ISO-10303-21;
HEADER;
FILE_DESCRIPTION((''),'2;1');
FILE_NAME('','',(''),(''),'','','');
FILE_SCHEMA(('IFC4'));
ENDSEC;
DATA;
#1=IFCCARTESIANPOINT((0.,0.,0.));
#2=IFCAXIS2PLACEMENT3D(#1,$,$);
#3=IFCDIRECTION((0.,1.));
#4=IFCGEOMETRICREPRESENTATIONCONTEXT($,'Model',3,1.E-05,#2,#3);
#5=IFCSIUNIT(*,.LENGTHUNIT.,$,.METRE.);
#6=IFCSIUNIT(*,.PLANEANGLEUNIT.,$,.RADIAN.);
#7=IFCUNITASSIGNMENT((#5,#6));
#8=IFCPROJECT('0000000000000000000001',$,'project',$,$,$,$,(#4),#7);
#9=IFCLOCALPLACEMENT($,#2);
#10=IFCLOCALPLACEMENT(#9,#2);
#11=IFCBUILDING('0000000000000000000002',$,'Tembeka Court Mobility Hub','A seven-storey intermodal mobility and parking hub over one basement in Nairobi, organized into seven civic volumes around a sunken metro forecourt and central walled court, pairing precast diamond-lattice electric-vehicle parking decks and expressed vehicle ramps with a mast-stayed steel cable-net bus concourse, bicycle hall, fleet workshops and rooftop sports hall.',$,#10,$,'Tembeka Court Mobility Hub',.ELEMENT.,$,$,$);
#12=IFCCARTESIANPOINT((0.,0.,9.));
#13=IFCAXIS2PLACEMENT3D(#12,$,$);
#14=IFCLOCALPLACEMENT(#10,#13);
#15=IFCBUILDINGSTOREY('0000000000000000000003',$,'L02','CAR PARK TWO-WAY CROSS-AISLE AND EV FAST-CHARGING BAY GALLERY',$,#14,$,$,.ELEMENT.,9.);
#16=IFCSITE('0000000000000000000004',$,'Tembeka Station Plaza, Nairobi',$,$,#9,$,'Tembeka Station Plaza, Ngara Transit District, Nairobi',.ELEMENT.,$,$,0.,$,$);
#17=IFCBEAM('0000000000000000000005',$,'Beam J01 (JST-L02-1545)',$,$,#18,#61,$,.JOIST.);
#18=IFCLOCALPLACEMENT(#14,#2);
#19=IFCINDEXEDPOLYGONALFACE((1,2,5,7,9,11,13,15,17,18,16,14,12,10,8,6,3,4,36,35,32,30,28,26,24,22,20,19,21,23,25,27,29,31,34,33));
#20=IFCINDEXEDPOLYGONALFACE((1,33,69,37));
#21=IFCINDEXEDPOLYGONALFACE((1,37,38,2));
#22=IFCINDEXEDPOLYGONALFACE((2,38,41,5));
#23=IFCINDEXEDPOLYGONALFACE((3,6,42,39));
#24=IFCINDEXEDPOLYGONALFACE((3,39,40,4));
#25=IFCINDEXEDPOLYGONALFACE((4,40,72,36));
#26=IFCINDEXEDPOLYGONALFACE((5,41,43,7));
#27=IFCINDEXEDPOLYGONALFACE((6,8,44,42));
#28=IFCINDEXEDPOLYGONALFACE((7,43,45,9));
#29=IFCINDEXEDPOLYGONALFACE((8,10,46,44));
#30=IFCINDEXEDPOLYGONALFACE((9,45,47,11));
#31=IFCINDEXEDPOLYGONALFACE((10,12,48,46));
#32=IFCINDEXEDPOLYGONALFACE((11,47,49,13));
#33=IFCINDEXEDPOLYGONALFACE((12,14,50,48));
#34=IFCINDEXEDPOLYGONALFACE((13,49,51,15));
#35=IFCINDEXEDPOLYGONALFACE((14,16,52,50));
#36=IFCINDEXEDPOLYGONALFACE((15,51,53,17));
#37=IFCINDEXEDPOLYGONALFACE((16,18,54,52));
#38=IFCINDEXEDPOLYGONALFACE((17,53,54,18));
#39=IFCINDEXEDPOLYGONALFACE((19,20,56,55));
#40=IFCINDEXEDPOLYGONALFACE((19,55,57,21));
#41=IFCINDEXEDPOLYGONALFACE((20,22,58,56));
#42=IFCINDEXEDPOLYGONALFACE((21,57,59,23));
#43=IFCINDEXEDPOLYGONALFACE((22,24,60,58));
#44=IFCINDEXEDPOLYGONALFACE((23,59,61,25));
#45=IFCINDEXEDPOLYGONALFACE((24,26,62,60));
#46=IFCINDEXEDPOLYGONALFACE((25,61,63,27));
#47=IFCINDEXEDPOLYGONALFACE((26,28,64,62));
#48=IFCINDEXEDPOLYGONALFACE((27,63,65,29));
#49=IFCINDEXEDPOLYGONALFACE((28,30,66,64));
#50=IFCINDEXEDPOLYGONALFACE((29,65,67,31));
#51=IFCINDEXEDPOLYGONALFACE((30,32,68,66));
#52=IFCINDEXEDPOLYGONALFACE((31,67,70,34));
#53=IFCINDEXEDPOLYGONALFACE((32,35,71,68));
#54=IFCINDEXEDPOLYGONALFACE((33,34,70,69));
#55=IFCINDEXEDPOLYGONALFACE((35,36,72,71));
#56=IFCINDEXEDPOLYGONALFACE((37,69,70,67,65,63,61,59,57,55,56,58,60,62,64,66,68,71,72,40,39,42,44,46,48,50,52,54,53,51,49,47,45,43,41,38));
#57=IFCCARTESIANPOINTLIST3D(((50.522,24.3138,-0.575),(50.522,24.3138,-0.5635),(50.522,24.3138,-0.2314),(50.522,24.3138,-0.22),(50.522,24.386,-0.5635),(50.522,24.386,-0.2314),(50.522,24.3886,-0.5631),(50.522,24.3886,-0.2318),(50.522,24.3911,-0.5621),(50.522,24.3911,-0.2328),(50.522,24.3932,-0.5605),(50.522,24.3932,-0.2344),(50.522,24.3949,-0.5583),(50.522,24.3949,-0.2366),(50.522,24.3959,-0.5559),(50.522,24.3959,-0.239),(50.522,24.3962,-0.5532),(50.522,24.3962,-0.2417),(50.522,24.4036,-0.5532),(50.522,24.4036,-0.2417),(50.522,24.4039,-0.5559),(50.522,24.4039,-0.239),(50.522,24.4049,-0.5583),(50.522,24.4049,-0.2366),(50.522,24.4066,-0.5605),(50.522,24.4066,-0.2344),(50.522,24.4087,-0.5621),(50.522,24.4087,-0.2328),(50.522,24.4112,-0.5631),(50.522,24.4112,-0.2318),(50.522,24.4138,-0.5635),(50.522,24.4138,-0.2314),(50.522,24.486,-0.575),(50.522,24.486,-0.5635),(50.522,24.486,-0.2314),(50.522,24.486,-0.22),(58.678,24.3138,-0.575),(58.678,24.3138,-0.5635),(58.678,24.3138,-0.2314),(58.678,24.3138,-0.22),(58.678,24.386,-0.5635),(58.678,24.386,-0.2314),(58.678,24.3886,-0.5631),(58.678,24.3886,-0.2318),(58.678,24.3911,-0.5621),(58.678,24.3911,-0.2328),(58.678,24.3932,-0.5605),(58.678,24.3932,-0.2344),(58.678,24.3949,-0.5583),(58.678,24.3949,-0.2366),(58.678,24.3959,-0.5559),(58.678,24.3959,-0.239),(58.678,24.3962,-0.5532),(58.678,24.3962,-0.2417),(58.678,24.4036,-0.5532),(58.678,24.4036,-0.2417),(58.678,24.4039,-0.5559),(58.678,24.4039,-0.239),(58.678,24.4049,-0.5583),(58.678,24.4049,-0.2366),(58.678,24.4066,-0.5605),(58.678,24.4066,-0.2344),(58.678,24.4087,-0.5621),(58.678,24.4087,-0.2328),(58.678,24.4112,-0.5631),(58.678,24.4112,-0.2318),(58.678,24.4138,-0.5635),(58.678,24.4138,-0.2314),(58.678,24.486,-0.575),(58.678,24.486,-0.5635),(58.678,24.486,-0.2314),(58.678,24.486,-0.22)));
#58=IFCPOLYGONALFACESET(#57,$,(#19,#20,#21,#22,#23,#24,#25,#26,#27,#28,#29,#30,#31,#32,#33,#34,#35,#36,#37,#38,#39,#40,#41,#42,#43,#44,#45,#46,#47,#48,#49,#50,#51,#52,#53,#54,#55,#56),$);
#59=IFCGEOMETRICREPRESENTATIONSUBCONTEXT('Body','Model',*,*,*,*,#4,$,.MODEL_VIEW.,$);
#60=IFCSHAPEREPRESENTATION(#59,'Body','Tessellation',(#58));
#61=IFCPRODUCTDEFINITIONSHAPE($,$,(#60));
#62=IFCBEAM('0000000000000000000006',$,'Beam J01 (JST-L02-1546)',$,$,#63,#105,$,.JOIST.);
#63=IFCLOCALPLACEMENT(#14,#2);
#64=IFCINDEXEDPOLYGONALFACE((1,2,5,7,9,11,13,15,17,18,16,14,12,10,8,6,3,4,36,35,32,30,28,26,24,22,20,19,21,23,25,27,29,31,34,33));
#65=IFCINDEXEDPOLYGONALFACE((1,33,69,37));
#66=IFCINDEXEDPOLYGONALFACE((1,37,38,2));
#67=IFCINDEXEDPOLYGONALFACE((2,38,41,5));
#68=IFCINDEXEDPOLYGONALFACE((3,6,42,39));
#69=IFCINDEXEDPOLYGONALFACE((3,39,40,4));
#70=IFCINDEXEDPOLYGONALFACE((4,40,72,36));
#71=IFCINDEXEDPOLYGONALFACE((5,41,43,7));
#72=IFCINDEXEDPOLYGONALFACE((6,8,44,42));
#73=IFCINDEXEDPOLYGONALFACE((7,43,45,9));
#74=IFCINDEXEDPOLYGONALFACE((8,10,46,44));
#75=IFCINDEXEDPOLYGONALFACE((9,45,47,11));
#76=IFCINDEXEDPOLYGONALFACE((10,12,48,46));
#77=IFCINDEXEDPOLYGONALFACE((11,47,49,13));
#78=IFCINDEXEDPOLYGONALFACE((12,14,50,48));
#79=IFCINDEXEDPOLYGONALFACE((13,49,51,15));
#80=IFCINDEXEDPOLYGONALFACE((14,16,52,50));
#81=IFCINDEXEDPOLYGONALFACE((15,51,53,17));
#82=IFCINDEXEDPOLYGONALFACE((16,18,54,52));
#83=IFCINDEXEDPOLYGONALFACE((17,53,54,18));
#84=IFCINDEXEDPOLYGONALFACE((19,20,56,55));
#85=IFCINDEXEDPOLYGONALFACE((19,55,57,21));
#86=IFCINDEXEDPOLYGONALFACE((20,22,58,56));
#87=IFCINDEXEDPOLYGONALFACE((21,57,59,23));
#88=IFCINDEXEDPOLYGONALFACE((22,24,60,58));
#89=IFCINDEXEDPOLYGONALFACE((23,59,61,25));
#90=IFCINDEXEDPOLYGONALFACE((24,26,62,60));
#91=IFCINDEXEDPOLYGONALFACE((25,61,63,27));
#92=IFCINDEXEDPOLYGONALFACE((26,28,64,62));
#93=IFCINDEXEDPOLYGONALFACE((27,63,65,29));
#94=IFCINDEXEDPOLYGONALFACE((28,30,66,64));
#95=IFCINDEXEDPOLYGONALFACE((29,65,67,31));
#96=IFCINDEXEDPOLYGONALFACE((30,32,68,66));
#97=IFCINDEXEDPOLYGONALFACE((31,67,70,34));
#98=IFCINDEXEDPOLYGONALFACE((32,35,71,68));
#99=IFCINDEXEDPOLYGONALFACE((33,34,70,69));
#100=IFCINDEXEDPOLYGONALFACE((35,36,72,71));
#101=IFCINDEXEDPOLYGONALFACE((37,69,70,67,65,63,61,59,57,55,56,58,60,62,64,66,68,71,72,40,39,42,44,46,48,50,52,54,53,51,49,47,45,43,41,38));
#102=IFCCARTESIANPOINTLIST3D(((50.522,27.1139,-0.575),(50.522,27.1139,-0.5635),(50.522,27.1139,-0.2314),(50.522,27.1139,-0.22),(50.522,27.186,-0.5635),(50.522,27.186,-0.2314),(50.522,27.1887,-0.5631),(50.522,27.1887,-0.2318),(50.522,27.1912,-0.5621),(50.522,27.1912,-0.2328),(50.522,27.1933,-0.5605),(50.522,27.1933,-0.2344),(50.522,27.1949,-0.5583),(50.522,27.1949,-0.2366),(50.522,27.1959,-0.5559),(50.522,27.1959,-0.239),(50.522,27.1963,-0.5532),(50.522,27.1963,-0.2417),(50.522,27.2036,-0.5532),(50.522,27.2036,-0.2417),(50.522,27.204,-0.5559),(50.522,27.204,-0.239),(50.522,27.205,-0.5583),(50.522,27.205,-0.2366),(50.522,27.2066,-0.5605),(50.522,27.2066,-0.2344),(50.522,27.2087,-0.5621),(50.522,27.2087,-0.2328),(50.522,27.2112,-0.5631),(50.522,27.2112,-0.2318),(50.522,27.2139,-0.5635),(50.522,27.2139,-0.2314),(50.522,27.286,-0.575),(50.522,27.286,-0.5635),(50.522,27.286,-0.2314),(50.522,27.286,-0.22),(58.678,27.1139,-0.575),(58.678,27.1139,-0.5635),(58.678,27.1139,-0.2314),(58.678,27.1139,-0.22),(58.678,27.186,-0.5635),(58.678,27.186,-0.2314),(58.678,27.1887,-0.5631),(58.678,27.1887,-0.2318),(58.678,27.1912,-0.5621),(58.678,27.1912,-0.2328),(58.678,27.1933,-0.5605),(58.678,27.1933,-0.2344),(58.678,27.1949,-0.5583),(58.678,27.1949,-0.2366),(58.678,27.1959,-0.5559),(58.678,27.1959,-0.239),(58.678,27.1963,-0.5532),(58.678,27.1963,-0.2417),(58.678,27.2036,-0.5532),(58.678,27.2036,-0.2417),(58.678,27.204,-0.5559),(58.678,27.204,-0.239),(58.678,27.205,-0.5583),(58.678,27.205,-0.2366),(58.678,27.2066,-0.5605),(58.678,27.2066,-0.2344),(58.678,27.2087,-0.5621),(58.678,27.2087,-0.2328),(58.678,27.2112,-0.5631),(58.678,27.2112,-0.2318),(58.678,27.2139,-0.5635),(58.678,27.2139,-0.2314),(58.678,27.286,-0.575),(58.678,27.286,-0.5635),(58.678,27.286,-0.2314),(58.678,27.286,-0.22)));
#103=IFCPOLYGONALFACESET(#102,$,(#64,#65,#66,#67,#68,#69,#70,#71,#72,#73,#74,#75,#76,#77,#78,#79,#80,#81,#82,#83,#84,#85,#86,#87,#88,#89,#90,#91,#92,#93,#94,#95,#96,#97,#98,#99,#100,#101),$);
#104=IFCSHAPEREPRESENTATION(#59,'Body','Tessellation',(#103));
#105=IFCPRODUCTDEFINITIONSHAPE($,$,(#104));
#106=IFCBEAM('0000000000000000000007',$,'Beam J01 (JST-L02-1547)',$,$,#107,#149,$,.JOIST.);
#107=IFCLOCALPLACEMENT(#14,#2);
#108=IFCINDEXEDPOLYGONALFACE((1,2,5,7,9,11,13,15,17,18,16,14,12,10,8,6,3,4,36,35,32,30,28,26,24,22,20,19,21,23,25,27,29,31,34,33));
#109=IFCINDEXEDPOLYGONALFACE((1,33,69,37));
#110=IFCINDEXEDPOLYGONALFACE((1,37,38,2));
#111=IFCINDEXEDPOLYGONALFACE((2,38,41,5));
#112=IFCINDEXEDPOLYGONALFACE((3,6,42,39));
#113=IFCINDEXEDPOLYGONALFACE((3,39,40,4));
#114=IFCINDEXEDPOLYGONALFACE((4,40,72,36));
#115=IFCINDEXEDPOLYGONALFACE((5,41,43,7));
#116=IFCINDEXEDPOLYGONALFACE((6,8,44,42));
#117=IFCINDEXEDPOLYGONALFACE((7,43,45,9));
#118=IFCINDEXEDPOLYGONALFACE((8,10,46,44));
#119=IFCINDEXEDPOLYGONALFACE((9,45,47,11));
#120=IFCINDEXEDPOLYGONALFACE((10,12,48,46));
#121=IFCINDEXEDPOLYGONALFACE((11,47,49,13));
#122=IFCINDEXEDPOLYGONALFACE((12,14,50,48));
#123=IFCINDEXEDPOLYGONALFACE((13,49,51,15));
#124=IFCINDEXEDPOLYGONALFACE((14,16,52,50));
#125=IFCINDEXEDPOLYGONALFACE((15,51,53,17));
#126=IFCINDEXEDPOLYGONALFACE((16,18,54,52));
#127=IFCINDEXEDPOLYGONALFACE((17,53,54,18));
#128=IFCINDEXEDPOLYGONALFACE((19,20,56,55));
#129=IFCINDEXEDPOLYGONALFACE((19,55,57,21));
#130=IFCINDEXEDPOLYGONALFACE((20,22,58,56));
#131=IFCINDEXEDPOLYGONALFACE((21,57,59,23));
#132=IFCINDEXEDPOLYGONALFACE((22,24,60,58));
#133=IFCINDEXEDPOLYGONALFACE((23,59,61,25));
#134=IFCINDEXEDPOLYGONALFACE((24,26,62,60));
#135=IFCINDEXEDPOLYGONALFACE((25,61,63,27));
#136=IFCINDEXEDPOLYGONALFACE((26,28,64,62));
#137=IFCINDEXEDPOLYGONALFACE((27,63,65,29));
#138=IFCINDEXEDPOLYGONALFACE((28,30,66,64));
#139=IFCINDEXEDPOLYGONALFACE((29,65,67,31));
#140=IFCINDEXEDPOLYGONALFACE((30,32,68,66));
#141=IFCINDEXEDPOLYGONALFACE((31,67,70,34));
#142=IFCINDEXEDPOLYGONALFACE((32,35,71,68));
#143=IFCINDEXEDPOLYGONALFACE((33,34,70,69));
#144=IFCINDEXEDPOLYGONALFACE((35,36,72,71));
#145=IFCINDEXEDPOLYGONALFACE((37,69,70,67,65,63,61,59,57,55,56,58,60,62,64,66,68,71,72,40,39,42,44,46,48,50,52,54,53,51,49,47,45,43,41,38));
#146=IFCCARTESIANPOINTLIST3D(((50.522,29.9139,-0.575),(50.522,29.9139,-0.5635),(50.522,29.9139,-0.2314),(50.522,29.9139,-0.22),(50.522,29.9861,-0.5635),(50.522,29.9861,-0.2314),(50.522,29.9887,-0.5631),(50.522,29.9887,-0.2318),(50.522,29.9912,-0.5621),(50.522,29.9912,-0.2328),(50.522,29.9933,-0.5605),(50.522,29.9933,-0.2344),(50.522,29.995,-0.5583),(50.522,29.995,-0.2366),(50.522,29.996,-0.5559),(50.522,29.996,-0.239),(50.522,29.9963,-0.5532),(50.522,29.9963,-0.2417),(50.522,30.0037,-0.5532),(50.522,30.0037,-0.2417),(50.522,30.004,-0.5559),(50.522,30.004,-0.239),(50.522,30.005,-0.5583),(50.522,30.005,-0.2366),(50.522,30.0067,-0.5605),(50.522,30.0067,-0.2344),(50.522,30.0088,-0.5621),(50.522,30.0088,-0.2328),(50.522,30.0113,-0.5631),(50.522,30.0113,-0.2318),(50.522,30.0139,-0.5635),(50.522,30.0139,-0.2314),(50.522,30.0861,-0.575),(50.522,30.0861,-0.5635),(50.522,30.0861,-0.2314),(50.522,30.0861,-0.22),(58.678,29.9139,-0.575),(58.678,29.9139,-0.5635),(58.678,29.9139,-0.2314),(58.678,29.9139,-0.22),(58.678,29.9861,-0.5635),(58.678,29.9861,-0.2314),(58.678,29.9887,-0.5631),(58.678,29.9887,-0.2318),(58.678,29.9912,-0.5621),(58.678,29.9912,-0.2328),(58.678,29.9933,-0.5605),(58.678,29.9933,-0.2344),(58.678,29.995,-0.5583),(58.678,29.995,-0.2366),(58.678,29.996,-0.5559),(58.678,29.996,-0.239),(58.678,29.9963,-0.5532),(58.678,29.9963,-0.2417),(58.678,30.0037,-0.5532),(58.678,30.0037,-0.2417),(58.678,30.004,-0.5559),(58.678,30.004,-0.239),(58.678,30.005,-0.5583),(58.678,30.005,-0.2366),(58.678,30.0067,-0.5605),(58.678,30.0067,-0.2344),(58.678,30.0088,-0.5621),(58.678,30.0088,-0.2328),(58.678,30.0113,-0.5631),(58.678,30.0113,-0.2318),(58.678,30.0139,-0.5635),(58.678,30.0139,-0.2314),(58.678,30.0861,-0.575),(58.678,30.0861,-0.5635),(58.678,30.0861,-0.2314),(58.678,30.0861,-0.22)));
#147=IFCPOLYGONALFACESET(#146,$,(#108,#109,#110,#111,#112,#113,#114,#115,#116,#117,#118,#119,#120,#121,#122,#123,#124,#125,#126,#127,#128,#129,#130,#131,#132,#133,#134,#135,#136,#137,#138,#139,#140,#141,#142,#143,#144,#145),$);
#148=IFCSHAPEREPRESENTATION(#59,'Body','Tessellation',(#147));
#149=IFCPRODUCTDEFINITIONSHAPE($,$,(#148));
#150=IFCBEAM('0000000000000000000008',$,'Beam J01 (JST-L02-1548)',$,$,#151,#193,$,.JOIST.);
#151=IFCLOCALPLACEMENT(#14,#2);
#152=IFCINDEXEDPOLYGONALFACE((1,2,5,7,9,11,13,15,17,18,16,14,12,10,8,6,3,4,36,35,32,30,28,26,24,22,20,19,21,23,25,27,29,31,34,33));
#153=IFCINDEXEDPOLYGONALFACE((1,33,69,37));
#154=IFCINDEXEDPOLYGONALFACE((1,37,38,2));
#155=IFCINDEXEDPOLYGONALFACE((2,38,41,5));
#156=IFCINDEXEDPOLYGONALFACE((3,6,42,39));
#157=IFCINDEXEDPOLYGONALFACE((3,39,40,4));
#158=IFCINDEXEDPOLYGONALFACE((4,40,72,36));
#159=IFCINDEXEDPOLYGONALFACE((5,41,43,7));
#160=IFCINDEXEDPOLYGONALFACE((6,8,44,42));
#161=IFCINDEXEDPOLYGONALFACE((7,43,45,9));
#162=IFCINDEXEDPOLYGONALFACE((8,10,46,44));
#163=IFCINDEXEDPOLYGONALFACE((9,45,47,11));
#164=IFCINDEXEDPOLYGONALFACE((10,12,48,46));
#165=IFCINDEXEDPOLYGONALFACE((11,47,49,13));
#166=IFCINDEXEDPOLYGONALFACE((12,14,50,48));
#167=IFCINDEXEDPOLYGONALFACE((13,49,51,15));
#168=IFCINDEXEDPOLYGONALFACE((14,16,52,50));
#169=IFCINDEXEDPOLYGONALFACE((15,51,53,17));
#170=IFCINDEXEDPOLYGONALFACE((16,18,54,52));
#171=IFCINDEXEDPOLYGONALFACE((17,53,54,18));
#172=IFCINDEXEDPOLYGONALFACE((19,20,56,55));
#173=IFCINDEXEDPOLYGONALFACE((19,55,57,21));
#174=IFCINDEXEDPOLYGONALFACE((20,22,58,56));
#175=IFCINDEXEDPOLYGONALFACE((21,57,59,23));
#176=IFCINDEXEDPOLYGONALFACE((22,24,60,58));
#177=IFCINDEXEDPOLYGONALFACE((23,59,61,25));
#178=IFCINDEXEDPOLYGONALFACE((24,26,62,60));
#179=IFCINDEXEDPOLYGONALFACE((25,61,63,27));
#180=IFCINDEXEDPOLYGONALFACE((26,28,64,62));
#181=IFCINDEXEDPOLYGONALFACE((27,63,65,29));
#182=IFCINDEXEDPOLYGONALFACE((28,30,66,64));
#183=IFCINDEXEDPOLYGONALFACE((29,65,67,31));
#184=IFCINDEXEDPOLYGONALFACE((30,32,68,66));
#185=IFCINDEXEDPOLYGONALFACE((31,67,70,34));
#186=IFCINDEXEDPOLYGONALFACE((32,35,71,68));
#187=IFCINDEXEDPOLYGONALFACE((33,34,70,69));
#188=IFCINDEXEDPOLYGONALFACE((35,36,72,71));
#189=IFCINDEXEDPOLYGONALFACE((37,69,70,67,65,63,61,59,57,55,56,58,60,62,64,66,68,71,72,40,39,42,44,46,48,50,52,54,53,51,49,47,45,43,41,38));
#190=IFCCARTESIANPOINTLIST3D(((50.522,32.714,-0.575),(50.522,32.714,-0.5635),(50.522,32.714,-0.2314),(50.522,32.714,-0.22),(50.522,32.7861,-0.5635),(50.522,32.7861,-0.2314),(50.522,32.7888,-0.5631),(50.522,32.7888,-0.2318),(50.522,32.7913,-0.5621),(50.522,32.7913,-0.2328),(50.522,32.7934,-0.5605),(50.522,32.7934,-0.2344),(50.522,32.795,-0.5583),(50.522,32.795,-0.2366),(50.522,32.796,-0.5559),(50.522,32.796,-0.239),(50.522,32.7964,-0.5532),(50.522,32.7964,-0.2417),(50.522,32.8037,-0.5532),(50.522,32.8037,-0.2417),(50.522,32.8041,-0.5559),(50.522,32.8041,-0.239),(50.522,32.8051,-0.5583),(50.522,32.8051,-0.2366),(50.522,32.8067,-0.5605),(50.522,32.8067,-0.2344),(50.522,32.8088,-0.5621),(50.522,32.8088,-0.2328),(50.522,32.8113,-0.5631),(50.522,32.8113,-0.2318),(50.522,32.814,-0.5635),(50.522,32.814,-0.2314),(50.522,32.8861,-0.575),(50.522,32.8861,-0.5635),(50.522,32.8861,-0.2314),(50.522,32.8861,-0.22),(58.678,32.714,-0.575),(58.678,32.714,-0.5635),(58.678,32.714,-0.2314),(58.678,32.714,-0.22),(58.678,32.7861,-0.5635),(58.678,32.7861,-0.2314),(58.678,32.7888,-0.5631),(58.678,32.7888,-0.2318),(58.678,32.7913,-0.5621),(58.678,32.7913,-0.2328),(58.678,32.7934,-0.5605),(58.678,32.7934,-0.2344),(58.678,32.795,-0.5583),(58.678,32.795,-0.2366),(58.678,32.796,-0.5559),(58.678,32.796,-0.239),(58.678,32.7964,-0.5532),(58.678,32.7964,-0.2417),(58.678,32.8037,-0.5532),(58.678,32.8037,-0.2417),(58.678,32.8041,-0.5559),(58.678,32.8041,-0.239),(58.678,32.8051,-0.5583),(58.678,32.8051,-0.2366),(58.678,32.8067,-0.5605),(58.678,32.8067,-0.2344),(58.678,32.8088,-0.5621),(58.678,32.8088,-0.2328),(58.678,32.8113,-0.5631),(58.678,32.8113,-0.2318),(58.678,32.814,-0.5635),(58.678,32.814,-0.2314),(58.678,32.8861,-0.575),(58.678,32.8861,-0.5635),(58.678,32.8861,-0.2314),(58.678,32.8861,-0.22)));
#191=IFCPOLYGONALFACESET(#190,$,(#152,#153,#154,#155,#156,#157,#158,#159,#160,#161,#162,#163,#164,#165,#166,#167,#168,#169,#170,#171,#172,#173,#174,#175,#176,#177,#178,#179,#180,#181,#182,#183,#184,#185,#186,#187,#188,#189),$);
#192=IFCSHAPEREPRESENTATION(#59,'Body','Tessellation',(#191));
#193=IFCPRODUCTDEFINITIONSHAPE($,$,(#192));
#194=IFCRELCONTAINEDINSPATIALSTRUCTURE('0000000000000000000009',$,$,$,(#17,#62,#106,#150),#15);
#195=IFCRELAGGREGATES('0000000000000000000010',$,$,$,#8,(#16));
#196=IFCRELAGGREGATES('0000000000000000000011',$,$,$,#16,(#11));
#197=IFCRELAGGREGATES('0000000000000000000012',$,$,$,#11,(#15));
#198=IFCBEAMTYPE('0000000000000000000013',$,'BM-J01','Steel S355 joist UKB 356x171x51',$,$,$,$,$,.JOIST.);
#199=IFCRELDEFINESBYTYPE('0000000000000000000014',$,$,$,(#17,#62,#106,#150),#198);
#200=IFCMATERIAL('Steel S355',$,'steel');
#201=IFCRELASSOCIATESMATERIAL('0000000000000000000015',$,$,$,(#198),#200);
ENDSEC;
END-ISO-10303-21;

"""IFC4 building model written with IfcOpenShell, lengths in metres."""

from ifc_helpers import new_model, si_unit, direction, frame, origin, origin_2d, place, context, subcontext, project, spatial, i_section, extrude, material, material_profile, profile_set, type_object, element, save


model = new_model("IFC4")

# Units and contexts
model_context = context("Model", 3, precision=1e-05, world=origin(), true_north=direction((0.0, 1.0)))
body_context = subcontext(model_context, "Body", "Model", "MODEL_VIEW")
ifc_project = project(units=[si_unit("LENGTHUNIT", "METRE"), si_unit("PLANEANGLEUNIT", "RADIAN")], contexts=[model_context])

# Site, building, storey
site_placement = place(None, origin())
site = spatial("IfcSite", under=ifc_project, at=site_placement, Name="Tembeka Station Plaza, Nairobi", LongName="Tembeka Station Plaza, Ngara Transit District, Nairobi", CompositionType="ELEMENT", RefElevation=0.0)
building_placement = place(site_placement, origin())
building = spatial("IfcBuilding", under=site, at=building_placement, Name="Tembeka Court Mobility Hub", Description="A seven-storey intermodal mobility and parking hub over one basement in Nairobi, organized into seven civic volumes around a sunken metro forecourt and central walled court, pairing precast diamond-lattice electric-vehicle parking decks and expressed vehicle ramps with a mast-stayed steel cable-net bus concourse, bicycle hall, fleet workshops and rooftop sports hall.", LongName="Tembeka Court Mobility Hub", CompositionType="ELEMENT")
storey_placement = place(building_placement, frame((0.0, 0.0, 9.0)))
storey = spatial("IfcBuildingStorey", under=building, at=storey_placement, Name="L02", Description="CAR PARK TWO-WAY CROSS-AISLE AND EV FAST-CHARGING BAY GALLERY", CompositionType="ELEMENT", Elevation=9.0)

# Shared definitions
ifc_material_1 = material(Name="Steel S355", Category="steel")

# Beams
ifc_material_profile_1 = material_profile(ifc_material_1, i_section(OverallWidth=0.1721, OverallDepth=0.355, WebThickness=0.0073, FlangeThickness=0.0115, FilletRadius=0.0103, at=origin_2d()), Name="UKB 356x171x51")
ifc_profile_set_1 = profile_set([ifc_material_profile_1], Name="Steel S355")
beam_type_1 = type_object("IfcBeamType", Name="BM-J01", Description="Steel S355 joist UKB 356x171x51", PredefinedType="JOIST", material=ifc_profile_set_1)
for number, where, z_axis, x_axis, name in (
    (1, (50.522, 24.3999, -0.3975), (1.0, 0.0, 0.0), (0.0, 1.0, 0.0), "Beam J01 (JST-L02-1545)"),
    (2, (50.522, 27.2, -0.3975), (1.0, 0.0, 0.0), (0.0, 1.0, 0.0), "Beam J01 (JST-L02-1546)"),
    (3, (50.522, 30.0, -0.3975), (1.0, 0.0, 0.0), (0.0, 1.0, 0.0), "Beam J01 (JST-L02-1547)"),
    (4, (50.522, 32.8, -0.3975), (1.0, 0.0, 0.0), (0.0, 1.0, 0.0), "Beam J01 (JST-L02-1548)"),
):
    element("IfcBeam", number, at=place(storey_placement, frame(where, z_axis=z_axis, x_axis=x_axis)), inside=storey, type_object=beam_type_1, Name=name, PredefinedType="JOIST", context=body_context, shape_type="SweptSolid", body=[
        extrude(i_section(OverallWidth=0.1721, OverallDepth=0.355, WebThickness=0.0073, FlangeThickness=0.0115, FilletRadius=0.0103, at=origin_2d()), origin(), (0.0, 0.0, 1.0), 8.156),
    ])

save(model, "model.ifc")
